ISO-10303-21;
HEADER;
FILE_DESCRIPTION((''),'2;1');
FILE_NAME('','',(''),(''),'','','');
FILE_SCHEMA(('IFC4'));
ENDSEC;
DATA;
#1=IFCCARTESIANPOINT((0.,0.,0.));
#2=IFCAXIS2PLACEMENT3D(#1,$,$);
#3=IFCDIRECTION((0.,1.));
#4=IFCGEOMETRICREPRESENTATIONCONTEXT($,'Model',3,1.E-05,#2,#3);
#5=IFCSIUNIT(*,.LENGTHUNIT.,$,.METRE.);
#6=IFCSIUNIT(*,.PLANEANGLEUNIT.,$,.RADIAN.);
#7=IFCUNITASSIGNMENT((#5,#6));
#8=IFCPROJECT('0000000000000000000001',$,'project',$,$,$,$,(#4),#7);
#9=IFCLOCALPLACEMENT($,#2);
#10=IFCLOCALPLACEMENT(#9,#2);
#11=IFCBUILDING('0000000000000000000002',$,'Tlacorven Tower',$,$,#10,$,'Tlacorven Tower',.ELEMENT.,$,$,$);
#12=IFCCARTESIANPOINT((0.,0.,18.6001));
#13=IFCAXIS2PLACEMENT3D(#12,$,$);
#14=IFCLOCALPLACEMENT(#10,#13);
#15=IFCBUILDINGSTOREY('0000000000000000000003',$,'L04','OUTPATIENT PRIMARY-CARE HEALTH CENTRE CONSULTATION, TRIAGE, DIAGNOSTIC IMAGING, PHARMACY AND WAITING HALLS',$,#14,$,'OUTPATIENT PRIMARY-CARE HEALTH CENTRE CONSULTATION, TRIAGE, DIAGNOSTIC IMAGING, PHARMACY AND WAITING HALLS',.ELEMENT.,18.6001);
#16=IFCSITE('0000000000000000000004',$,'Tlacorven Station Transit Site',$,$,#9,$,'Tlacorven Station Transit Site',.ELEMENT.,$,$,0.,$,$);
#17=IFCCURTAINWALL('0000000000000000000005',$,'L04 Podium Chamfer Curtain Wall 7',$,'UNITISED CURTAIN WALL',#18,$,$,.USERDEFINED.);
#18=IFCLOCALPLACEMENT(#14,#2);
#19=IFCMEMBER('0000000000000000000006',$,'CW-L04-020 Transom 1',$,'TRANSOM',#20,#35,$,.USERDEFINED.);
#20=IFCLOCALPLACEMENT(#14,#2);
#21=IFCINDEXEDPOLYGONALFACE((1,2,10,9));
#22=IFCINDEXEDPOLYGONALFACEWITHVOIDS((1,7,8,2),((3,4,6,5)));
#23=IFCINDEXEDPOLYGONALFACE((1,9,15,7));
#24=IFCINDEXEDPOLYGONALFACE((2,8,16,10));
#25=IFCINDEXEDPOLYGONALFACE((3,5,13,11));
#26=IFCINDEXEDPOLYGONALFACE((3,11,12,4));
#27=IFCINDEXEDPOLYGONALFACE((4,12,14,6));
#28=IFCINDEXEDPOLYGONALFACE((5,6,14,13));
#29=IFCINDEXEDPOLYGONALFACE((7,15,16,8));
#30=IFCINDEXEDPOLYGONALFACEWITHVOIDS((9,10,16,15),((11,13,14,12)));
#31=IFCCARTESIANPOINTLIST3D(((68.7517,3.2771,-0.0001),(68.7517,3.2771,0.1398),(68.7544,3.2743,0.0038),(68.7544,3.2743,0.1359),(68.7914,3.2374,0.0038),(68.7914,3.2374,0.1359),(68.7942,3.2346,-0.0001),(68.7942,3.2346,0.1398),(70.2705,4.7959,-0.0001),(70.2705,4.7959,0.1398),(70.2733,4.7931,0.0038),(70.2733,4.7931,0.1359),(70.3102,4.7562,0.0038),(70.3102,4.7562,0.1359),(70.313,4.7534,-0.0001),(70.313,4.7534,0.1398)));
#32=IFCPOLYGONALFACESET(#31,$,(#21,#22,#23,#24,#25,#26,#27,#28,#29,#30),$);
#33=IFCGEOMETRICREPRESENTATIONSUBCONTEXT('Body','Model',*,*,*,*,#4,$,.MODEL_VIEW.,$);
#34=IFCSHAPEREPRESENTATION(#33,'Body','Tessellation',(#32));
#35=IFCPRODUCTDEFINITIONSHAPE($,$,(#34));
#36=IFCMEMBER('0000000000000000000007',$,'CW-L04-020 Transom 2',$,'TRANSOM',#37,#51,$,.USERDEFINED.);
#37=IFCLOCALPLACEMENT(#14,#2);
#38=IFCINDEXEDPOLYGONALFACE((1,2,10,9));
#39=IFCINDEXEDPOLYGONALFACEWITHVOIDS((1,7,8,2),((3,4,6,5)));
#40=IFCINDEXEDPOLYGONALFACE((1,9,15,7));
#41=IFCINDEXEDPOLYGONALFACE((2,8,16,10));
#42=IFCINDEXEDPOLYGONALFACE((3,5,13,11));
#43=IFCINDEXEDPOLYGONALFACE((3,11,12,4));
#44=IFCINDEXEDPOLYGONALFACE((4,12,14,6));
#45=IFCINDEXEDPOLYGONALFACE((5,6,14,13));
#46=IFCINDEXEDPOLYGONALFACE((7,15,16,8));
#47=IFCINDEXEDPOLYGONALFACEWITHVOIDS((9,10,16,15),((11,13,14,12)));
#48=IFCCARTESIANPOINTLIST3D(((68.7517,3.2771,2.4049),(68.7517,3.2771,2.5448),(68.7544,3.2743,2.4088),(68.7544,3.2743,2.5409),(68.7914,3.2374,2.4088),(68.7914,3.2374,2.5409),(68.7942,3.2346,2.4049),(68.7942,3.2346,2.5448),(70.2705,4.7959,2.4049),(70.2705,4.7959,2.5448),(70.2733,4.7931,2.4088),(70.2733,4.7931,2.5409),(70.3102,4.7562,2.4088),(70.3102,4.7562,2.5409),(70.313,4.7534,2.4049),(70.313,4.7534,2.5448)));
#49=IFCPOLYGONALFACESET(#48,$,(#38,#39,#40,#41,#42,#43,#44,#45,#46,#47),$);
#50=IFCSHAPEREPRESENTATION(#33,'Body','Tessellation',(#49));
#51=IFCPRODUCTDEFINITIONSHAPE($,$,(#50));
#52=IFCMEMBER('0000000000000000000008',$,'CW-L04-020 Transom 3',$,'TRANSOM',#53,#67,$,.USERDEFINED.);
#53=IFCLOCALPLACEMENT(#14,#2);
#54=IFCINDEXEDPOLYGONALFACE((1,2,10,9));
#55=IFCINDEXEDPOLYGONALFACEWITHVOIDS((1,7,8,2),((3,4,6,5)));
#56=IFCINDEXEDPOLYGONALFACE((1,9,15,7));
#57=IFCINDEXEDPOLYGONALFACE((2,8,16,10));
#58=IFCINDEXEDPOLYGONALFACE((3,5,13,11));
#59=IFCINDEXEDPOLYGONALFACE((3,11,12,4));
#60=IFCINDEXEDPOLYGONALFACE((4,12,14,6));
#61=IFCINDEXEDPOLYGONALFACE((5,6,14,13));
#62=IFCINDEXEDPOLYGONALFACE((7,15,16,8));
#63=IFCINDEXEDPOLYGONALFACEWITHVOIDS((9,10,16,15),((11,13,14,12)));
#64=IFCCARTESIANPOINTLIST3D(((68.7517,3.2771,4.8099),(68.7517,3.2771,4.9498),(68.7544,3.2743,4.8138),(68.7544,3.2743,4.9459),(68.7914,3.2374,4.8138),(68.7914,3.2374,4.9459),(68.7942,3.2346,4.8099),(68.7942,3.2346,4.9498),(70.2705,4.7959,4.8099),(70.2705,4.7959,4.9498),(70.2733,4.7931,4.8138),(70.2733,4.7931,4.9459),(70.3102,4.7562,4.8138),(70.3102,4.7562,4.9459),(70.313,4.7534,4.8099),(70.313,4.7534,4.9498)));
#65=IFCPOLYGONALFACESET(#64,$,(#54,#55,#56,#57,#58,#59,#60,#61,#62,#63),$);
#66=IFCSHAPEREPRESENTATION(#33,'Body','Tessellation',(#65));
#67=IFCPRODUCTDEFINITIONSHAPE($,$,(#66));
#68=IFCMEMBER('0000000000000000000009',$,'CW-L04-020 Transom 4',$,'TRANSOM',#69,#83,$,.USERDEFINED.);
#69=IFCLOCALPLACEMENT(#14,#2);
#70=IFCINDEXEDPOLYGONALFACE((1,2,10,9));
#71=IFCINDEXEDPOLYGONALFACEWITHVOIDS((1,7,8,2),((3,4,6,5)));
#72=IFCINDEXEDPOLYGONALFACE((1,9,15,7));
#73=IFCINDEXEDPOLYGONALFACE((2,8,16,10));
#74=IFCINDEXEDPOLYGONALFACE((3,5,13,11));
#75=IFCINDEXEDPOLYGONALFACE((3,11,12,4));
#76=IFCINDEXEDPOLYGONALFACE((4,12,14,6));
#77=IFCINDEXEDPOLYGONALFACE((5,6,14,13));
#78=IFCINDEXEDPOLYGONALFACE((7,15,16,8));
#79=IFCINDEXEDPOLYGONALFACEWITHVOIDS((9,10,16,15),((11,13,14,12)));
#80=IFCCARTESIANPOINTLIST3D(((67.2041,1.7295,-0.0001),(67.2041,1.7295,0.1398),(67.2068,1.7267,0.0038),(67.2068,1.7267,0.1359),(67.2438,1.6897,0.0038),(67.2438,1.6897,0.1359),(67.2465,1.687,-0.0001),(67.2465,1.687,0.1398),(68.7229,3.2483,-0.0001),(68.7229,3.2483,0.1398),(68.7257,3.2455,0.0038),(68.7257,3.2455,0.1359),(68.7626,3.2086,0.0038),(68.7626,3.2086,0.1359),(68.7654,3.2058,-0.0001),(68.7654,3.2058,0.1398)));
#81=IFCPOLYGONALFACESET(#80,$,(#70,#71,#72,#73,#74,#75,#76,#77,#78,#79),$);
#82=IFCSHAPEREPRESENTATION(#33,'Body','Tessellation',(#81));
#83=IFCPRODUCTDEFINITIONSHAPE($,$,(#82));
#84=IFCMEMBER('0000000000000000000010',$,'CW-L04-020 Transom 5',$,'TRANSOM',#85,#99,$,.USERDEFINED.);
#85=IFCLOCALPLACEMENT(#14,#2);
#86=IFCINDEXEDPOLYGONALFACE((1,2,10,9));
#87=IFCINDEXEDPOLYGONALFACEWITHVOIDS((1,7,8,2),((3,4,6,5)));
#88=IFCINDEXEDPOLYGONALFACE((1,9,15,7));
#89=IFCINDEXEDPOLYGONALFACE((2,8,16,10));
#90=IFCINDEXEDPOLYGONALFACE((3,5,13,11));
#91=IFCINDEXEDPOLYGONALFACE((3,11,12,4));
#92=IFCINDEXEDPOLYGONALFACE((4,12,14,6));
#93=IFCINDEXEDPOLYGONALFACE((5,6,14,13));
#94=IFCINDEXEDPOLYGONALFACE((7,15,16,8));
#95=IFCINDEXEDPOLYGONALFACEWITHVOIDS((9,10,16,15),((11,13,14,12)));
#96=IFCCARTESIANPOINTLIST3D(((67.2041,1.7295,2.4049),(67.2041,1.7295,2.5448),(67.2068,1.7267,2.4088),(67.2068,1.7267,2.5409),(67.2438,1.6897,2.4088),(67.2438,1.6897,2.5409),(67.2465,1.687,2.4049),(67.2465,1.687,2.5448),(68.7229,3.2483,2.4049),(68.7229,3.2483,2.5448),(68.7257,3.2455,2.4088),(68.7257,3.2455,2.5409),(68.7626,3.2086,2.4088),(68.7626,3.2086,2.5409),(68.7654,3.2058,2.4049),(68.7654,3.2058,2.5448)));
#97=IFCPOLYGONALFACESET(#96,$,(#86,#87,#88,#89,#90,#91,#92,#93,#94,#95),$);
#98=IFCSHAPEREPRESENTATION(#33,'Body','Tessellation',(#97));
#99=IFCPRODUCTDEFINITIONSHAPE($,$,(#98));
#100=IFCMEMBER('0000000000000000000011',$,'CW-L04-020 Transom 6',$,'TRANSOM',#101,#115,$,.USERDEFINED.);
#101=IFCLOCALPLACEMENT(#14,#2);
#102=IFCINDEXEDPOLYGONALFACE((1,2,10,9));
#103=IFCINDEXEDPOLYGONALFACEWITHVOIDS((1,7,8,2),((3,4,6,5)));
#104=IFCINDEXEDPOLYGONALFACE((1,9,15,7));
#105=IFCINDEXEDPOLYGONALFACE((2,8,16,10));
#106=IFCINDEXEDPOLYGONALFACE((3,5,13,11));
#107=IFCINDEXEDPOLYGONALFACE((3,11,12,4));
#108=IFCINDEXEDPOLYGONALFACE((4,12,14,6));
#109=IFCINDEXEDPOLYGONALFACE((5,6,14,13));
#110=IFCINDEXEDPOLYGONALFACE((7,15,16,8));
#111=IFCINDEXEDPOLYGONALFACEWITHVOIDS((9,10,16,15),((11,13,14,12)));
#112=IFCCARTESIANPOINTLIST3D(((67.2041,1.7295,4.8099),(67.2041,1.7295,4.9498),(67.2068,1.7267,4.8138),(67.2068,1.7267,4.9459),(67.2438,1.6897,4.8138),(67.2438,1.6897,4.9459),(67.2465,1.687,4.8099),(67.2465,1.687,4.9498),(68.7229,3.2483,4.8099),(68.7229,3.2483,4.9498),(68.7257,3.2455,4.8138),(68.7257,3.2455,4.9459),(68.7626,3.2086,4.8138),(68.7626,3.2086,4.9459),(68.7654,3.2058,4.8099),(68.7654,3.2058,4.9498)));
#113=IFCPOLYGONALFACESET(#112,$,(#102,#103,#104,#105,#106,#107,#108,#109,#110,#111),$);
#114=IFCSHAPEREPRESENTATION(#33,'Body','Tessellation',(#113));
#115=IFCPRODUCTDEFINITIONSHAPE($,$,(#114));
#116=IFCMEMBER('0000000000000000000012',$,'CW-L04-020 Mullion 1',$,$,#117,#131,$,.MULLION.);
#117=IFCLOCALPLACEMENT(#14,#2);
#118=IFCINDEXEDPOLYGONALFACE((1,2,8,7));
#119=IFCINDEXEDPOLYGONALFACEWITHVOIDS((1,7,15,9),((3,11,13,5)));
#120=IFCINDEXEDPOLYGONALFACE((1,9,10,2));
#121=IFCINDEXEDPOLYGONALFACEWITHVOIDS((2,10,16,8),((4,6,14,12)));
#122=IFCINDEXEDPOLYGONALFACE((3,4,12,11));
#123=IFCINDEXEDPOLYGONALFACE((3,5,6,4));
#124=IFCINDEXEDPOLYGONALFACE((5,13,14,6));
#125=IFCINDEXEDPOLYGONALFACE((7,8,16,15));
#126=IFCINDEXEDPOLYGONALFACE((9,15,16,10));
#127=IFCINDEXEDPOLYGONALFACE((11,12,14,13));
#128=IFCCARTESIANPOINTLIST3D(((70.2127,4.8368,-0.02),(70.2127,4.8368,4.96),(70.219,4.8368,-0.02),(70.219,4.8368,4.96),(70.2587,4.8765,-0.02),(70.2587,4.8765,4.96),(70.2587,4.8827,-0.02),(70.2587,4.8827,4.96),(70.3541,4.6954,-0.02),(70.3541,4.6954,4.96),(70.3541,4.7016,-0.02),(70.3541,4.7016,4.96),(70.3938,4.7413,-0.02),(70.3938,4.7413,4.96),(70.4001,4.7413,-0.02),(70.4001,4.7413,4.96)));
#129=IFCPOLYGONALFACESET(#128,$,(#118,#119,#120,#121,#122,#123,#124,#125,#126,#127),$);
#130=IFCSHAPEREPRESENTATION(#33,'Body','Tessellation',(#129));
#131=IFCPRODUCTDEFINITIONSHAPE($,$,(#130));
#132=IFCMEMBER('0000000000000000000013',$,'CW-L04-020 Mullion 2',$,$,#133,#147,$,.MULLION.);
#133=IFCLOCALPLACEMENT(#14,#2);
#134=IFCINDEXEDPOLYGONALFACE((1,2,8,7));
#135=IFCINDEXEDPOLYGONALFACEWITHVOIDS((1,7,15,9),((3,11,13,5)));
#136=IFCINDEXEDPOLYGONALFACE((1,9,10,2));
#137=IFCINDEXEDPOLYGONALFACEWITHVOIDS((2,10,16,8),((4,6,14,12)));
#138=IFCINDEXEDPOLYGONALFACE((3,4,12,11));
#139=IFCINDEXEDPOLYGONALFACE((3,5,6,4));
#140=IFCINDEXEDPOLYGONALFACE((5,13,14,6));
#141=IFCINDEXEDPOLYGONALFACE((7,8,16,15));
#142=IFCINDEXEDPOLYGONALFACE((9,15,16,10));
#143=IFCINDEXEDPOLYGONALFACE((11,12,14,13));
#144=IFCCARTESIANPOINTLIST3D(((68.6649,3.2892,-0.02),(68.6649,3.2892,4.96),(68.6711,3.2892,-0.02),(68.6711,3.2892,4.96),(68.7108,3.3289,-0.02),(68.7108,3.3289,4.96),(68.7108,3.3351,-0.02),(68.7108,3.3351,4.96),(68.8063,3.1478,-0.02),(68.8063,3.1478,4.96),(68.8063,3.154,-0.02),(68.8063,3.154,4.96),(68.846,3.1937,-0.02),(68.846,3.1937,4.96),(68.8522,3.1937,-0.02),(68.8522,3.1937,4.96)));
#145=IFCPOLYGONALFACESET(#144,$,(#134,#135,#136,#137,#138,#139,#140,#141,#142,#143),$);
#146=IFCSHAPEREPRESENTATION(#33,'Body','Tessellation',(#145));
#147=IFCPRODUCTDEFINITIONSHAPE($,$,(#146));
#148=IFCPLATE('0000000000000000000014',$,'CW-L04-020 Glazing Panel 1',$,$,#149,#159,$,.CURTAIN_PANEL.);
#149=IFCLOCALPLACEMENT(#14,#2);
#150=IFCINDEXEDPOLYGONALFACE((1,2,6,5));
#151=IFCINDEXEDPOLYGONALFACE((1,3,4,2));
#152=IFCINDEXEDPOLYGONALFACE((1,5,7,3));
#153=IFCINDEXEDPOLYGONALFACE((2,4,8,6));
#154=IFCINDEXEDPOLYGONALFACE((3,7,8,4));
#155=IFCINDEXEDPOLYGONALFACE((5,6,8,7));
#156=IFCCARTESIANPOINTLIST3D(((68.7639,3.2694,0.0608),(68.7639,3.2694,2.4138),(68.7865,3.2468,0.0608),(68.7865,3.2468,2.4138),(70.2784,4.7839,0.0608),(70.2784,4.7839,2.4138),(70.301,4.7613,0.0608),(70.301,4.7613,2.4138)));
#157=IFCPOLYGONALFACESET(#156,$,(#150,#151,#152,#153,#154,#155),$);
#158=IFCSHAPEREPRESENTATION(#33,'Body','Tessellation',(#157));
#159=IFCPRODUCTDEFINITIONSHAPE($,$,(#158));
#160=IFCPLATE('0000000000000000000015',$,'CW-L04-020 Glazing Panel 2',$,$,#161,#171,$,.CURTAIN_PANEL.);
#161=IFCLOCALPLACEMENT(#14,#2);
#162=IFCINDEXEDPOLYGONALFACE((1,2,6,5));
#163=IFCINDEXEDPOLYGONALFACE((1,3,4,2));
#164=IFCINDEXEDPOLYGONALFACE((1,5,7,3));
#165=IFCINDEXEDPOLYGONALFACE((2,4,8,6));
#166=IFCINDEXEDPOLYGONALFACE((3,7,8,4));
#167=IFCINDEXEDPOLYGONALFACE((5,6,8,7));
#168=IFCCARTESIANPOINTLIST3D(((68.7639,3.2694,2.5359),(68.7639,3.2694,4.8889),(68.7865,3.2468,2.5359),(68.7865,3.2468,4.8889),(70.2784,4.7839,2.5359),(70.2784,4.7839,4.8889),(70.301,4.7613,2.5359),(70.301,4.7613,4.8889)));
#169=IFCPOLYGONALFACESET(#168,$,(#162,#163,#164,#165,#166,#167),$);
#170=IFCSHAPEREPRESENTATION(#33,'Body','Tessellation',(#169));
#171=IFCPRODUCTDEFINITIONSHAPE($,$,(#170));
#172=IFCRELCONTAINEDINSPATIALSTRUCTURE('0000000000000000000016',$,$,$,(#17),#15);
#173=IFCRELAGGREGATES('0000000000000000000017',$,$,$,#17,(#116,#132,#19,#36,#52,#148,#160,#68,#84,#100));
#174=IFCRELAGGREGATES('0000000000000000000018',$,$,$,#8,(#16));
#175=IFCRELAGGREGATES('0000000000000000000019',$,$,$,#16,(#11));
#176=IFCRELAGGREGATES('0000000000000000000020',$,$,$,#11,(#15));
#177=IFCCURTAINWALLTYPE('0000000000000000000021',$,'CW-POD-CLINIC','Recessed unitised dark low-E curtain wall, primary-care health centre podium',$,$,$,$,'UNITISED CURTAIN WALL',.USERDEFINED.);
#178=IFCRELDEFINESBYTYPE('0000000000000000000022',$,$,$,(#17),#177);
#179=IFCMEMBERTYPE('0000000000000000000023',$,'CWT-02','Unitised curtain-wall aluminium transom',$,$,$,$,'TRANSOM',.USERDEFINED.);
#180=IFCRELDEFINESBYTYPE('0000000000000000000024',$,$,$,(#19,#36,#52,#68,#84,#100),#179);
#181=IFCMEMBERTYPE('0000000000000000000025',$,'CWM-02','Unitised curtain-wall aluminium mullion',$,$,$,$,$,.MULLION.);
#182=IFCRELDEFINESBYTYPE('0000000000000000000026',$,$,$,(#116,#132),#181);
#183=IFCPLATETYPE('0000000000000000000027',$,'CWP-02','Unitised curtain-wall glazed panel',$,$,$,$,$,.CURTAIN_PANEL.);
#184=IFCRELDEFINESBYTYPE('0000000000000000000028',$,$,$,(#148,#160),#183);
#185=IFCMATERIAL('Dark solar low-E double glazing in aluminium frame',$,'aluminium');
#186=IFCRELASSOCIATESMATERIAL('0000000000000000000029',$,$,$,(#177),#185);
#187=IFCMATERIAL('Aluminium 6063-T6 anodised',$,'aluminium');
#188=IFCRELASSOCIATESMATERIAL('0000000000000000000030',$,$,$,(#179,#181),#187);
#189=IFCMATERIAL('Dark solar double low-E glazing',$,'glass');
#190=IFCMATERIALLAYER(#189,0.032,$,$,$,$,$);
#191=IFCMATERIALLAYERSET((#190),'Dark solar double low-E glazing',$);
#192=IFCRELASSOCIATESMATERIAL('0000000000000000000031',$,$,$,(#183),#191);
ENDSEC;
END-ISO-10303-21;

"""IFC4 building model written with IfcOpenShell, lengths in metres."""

from ifc_helpers import new_model, si_unit, direction, frame, origin, origin_2d, place, context, subcontext, project, spatial, rectangle, hollow_rectangle, extrude, source, transform, mapped, material, layer, layer_set, material_profile, profile_set, type_object, element, aggregate, save


model = new_model("IFC4")

# Units and contexts
model_context = context("Model", 3, precision=1e-05, world=origin(), true_north=direction((0.0, 1.0)))
body_context = subcontext(model_context, "Body", "Model", "MODEL_VIEW")
ifc_project = project(units=[si_unit("LENGTHUNIT", "METRE"), si_unit("PLANEANGLEUNIT", "RADIAN")], contexts=[model_context])

# Site, building, storey
site_placement = place(None, origin())
site = spatial("IfcSite", under=ifc_project, at=site_placement, Name="Tlacorven Station Transit Site", LongName="Tlacorven Station Transit Site", CompositionType="ELEMENT", RefElevation=0.0)
building_placement = place(site_placement, origin())
building = spatial("IfcBuilding", under=site, at=building_placement, Name="Tlacorven Tower", LongName="Tlacorven Tower", CompositionType="ELEMENT")
storey_placement = place(building_placement, frame((0.0, 0.0, 18.6001)))
storey = spatial("IfcBuildingStorey", under=building, at=storey_placement, Name="L04", Description="OUTPATIENT PRIMARY-CARE HEALTH CENTRE CONSULTATION, TRIAGE, DIAGNOSTIC IMAGING, PHARMACY AND WAITING HALLS", LongName="OUTPATIENT PRIMARY-CARE HEALTH CENTRE CONSULTATION, TRIAGE, DIAGNOSTIC IMAGING, PHARMACY AND WAITING HALLS", CompositionType="ELEMENT", Elevation=18.6001)

# Curtain wall, members, plates
ifc_material_1 = material(Name="Dark solar low-E double glazing in aluminium frame", Category="aluminium")
curtain_wall_type = type_object("IfcCurtainWallType", Name="CW-POD-CLINIC", Description="Recessed unitised dark low-E curtain wall, primary-care health centre podium", ElementType="UNITISED CURTAIN WALL", PredefinedType="USERDEFINED", material=ifc_material_1)
curtain_wall_placement = place(storey_placement, origin())
curtain_wall = element("IfcCurtainWall", 1, at=curtain_wall_placement, inside=storey, type_object=curtain_wall_type, Name="L04 Podium Chamfer Curtain Wall 7", ObjectType="UNITISED CURTAIN WALL", PredefinedType="USERDEFINED")
ifc_material_2 = material(Name="Aluminium 6063-T6 anodised", Category="aluminium")
ifc_material_profile_1 = material_profile(ifc_material_2, hollow_rectangle(XDim=0.0601, YDim=0.1399, WallThickness=0.0039, at=origin_2d()), Name="ALU TRANSOM 60X140")
ifc_profile_set_1 = profile_set([ifc_material_profile_1], Name="Aluminium 6063-T6 anodised")
member_type_1 = type_object("IfcMemberType", Name="CWT-02", Description="Unitised curtain-wall aluminium transom", ElementType="TRANSOM", PredefinedType="USERDEFINED", material=ifc_profile_set_1)
shared_shape_1 = source(origin(), body_context, "Body", "SweptSolid", [
    extrude(hollow_rectangle(XDim=0.0601, YDim=0.1399, WallThickness=0.0039, at=origin_2d()), origin(), (0.0, 0.0, 1.0), 2.1479),
])
member_1_placement = place(storey_placement, frame((70.2917, 4.7747, 0.0698), z_axis=(-0.707107, -0.707107, 0.0), x_axis=(0.707107, -0.707107, 0.0)))
member_1 = element("IfcMember", 2, at=member_1_placement, type_object=member_type_1, Name="CW-L04-020 Transom 1", ObjectType="TRANSOM", PredefinedType="USERDEFINED", context=body_context, shape_type="MappedRepresentation", body=[
    mapped(shared_shape_1, transform((0.0, 0.0, 0.0), scale=1.0)),
])
member_2_placement = place(storey_placement, frame((70.2917, 4.7747, 2.4749), z_axis=(-0.707107, -0.707107, 0.0), x_axis=(0.707107, -0.707107, 0.0)))
member_2 = element("IfcMember", 3, at=member_2_placement, type_object=member_type_1, Name="CW-L04-020 Transom 2", ObjectType="TRANSOM", PredefinedType="USERDEFINED", context=body_context, shape_type="MappedRepresentation", body=[
    mapped(shared_shape_1, transform((0.0, 0.0, 0.0), scale=1.0)),
])
member_3_placement = place(storey_placement, frame((70.2917, 4.7747, 4.8799), z_axis=(-0.707107, -0.707107, 0.0), x_axis=(0.707107, -0.707107, 0.0)))
member_3 = element("IfcMember", 4, at=member_3_placement, type_object=member_type_1, Name="CW-L04-020 Transom 3", ObjectType="TRANSOM", PredefinedType="USERDEFINED", context=body_context, shape_type="MappedRepresentation", body=[
    mapped(shared_shape_1, transform((0.0, 0.0, 0.0), scale=1.0)),
])
member_4_placement = place(storey_placement, frame((68.7441, 3.2271, 0.0698), z_axis=(-0.707107, -0.707107, 0.0), x_axis=(0.707107, -0.707107, 0.0)))
member_4 = element("IfcMember", 5, at=member_4_placement, type_object=member_type_1, Name="CW-L04-020 Transom 4", ObjectType="TRANSOM", PredefinedType="USERDEFINED", context=body_context, shape_type="MappedRepresentation", body=[
    mapped(shared_shape_1, transform((0.0, 0.0, 0.0), scale=1.0)),
])
member_5_placement = place(storey_placement, frame((68.7441, 3.2271, 2.4749), z_axis=(-0.707107, -0.707107, 0.0), x_axis=(0.707107, -0.707107, 0.0)))
member_5 = element("IfcMember", 6, at=member_5_placement, type_object=member_type_1, Name="CW-L04-020 Transom 5", ObjectType="TRANSOM", PredefinedType="USERDEFINED", context=body_context, shape_type="MappedRepresentation", body=[
    mapped(shared_shape_1, transform((0.0, 0.0, 0.0), scale=1.0)),
])
member_6_placement = place(storey_placement, frame((68.7441, 3.2271, 4.8799), z_axis=(-0.707107, -0.707107, 0.0), x_axis=(0.707107, -0.707107, 0.0)))
member_6 = element("IfcMember", 7, at=member_6_placement, type_object=member_type_1, Name="CW-L04-020 Transom 6", ObjectType="TRANSOM", PredefinedType="USERDEFINED", context=body_context, shape_type="MappedRepresentation", body=[
    mapped(shared_shape_1, transform((0.0, 0.0, 0.0), scale=1.0)),
])
ifc_material_profile_2 = material_profile(ifc_material_2, hollow_rectangle(XDim=0.0649, YDim=0.2, WallThickness=0.0044, at=origin_2d()), Name="ALU MULLION 65X200")
ifc_profile_set_2 = profile_set([ifc_material_profile_2], Name="Aluminium 6063-T6 anodised")
member_type_2 = type_object("IfcMemberType", Name="CWM-02", Description="Unitised curtain-wall aluminium mullion", PredefinedType="MULLION", material=ifc_profile_set_2)
shared_shape_2 = source(origin(), body_context, "Body", "SweptSolid", [
    extrude(hollow_rectangle(XDim=0.0649, YDim=0.2, WallThickness=0.0044, at=origin_2d()), origin(), (0.0, 0.0, 1.0), 4.98),
])
member_7_placement = place(storey_placement, frame((70.3064, 4.7891, -0.02), z_axis=(0.0, 0.0, 1.0), x_axis=(-0.707107, -0.707107, 0.0)))
member_7 = element("IfcMember", 8, at=member_7_placement, type_object=member_type_2, Name="CW-L04-020 Mullion 1", PredefinedType="MULLION", context=body_context, shape_type="MappedRepresentation", body=[
    mapped(shared_shape_2, transform((0.0, 0.0, 0.0), scale=1.0)),
])
member_8_placement = place(storey_placement, frame((68.7585, 3.2415, -0.02), z_axis=(0.0, 0.0, 1.0), x_axis=(-0.707107, -0.707107, 0.0)))
member_8 = element("IfcMember", 9, at=member_8_placement, type_object=member_type_2, Name="CW-L04-020 Mullion 2", PredefinedType="MULLION", context=body_context, shape_type="MappedRepresentation", body=[
    mapped(shared_shape_2, transform((0.0, 0.0, 0.0), scale=1.0)),
])
ifc_material_3 = material(Name="Dark solar double low-E glazing", Category="glass")
ifc_layer = layer(ifc_material_3, 0.032)
ifc_layer_set = layer_set([ifc_layer], Name="Dark solar double low-E glazing")
plate_type = type_object("IfcPlateType", Name="CWP-02", Description="Unitised curtain-wall glazed panel", PredefinedType="CURTAIN_PANEL", material=ifc_layer_set)
shared_shape_3 = source(origin(), body_context, "Body", "SweptSolid", [
    extrude(rectangle(XDim=2.1418, YDim=0.032, at=origin_2d()), origin(), (0.0, 0.0, 1.0), 2.353),
])
plate_1_placement = place(storey_placement, frame((69.5325, 4.0154, 0.0608), z_axis=(0.0, 0.0, 1.0), x_axis=(-0.707107, -0.707107, 0.0)))
plate_1 = element("IfcPlate", 10, at=plate_1_placement, type_object=plate_type, Name="CW-L04-020 Glazing Panel 1", PredefinedType="CURTAIN_PANEL", context=body_context, shape_type="MappedRepresentation", body=[
    mapped(shared_shape_3, transform((0.0, 0.0, 0.0), scale=1.0)),
])
plate_2_placement = place(storey_placement, frame((69.5325, 4.0154, 2.5359), z_axis=(0.0, 0.0, 1.0), x_axis=(-0.707107, -0.707107, 0.0)))
plate_2 = element("IfcPlate", 11, at=plate_2_placement, type_object=plate_type, Name="CW-L04-020 Glazing Panel 2", PredefinedType="CURTAIN_PANEL", context=body_context, shape_type="MappedRepresentation", body=[
    mapped(shared_shape_3, transform((0.0, 0.0, 0.0), scale=1.0)),
])
aggregate(curtain_wall, [member_7, member_8, member_1, member_2, member_3, plate_1, plate_2, member_4, member_5, member_6])

save(model, "model.ifc")
